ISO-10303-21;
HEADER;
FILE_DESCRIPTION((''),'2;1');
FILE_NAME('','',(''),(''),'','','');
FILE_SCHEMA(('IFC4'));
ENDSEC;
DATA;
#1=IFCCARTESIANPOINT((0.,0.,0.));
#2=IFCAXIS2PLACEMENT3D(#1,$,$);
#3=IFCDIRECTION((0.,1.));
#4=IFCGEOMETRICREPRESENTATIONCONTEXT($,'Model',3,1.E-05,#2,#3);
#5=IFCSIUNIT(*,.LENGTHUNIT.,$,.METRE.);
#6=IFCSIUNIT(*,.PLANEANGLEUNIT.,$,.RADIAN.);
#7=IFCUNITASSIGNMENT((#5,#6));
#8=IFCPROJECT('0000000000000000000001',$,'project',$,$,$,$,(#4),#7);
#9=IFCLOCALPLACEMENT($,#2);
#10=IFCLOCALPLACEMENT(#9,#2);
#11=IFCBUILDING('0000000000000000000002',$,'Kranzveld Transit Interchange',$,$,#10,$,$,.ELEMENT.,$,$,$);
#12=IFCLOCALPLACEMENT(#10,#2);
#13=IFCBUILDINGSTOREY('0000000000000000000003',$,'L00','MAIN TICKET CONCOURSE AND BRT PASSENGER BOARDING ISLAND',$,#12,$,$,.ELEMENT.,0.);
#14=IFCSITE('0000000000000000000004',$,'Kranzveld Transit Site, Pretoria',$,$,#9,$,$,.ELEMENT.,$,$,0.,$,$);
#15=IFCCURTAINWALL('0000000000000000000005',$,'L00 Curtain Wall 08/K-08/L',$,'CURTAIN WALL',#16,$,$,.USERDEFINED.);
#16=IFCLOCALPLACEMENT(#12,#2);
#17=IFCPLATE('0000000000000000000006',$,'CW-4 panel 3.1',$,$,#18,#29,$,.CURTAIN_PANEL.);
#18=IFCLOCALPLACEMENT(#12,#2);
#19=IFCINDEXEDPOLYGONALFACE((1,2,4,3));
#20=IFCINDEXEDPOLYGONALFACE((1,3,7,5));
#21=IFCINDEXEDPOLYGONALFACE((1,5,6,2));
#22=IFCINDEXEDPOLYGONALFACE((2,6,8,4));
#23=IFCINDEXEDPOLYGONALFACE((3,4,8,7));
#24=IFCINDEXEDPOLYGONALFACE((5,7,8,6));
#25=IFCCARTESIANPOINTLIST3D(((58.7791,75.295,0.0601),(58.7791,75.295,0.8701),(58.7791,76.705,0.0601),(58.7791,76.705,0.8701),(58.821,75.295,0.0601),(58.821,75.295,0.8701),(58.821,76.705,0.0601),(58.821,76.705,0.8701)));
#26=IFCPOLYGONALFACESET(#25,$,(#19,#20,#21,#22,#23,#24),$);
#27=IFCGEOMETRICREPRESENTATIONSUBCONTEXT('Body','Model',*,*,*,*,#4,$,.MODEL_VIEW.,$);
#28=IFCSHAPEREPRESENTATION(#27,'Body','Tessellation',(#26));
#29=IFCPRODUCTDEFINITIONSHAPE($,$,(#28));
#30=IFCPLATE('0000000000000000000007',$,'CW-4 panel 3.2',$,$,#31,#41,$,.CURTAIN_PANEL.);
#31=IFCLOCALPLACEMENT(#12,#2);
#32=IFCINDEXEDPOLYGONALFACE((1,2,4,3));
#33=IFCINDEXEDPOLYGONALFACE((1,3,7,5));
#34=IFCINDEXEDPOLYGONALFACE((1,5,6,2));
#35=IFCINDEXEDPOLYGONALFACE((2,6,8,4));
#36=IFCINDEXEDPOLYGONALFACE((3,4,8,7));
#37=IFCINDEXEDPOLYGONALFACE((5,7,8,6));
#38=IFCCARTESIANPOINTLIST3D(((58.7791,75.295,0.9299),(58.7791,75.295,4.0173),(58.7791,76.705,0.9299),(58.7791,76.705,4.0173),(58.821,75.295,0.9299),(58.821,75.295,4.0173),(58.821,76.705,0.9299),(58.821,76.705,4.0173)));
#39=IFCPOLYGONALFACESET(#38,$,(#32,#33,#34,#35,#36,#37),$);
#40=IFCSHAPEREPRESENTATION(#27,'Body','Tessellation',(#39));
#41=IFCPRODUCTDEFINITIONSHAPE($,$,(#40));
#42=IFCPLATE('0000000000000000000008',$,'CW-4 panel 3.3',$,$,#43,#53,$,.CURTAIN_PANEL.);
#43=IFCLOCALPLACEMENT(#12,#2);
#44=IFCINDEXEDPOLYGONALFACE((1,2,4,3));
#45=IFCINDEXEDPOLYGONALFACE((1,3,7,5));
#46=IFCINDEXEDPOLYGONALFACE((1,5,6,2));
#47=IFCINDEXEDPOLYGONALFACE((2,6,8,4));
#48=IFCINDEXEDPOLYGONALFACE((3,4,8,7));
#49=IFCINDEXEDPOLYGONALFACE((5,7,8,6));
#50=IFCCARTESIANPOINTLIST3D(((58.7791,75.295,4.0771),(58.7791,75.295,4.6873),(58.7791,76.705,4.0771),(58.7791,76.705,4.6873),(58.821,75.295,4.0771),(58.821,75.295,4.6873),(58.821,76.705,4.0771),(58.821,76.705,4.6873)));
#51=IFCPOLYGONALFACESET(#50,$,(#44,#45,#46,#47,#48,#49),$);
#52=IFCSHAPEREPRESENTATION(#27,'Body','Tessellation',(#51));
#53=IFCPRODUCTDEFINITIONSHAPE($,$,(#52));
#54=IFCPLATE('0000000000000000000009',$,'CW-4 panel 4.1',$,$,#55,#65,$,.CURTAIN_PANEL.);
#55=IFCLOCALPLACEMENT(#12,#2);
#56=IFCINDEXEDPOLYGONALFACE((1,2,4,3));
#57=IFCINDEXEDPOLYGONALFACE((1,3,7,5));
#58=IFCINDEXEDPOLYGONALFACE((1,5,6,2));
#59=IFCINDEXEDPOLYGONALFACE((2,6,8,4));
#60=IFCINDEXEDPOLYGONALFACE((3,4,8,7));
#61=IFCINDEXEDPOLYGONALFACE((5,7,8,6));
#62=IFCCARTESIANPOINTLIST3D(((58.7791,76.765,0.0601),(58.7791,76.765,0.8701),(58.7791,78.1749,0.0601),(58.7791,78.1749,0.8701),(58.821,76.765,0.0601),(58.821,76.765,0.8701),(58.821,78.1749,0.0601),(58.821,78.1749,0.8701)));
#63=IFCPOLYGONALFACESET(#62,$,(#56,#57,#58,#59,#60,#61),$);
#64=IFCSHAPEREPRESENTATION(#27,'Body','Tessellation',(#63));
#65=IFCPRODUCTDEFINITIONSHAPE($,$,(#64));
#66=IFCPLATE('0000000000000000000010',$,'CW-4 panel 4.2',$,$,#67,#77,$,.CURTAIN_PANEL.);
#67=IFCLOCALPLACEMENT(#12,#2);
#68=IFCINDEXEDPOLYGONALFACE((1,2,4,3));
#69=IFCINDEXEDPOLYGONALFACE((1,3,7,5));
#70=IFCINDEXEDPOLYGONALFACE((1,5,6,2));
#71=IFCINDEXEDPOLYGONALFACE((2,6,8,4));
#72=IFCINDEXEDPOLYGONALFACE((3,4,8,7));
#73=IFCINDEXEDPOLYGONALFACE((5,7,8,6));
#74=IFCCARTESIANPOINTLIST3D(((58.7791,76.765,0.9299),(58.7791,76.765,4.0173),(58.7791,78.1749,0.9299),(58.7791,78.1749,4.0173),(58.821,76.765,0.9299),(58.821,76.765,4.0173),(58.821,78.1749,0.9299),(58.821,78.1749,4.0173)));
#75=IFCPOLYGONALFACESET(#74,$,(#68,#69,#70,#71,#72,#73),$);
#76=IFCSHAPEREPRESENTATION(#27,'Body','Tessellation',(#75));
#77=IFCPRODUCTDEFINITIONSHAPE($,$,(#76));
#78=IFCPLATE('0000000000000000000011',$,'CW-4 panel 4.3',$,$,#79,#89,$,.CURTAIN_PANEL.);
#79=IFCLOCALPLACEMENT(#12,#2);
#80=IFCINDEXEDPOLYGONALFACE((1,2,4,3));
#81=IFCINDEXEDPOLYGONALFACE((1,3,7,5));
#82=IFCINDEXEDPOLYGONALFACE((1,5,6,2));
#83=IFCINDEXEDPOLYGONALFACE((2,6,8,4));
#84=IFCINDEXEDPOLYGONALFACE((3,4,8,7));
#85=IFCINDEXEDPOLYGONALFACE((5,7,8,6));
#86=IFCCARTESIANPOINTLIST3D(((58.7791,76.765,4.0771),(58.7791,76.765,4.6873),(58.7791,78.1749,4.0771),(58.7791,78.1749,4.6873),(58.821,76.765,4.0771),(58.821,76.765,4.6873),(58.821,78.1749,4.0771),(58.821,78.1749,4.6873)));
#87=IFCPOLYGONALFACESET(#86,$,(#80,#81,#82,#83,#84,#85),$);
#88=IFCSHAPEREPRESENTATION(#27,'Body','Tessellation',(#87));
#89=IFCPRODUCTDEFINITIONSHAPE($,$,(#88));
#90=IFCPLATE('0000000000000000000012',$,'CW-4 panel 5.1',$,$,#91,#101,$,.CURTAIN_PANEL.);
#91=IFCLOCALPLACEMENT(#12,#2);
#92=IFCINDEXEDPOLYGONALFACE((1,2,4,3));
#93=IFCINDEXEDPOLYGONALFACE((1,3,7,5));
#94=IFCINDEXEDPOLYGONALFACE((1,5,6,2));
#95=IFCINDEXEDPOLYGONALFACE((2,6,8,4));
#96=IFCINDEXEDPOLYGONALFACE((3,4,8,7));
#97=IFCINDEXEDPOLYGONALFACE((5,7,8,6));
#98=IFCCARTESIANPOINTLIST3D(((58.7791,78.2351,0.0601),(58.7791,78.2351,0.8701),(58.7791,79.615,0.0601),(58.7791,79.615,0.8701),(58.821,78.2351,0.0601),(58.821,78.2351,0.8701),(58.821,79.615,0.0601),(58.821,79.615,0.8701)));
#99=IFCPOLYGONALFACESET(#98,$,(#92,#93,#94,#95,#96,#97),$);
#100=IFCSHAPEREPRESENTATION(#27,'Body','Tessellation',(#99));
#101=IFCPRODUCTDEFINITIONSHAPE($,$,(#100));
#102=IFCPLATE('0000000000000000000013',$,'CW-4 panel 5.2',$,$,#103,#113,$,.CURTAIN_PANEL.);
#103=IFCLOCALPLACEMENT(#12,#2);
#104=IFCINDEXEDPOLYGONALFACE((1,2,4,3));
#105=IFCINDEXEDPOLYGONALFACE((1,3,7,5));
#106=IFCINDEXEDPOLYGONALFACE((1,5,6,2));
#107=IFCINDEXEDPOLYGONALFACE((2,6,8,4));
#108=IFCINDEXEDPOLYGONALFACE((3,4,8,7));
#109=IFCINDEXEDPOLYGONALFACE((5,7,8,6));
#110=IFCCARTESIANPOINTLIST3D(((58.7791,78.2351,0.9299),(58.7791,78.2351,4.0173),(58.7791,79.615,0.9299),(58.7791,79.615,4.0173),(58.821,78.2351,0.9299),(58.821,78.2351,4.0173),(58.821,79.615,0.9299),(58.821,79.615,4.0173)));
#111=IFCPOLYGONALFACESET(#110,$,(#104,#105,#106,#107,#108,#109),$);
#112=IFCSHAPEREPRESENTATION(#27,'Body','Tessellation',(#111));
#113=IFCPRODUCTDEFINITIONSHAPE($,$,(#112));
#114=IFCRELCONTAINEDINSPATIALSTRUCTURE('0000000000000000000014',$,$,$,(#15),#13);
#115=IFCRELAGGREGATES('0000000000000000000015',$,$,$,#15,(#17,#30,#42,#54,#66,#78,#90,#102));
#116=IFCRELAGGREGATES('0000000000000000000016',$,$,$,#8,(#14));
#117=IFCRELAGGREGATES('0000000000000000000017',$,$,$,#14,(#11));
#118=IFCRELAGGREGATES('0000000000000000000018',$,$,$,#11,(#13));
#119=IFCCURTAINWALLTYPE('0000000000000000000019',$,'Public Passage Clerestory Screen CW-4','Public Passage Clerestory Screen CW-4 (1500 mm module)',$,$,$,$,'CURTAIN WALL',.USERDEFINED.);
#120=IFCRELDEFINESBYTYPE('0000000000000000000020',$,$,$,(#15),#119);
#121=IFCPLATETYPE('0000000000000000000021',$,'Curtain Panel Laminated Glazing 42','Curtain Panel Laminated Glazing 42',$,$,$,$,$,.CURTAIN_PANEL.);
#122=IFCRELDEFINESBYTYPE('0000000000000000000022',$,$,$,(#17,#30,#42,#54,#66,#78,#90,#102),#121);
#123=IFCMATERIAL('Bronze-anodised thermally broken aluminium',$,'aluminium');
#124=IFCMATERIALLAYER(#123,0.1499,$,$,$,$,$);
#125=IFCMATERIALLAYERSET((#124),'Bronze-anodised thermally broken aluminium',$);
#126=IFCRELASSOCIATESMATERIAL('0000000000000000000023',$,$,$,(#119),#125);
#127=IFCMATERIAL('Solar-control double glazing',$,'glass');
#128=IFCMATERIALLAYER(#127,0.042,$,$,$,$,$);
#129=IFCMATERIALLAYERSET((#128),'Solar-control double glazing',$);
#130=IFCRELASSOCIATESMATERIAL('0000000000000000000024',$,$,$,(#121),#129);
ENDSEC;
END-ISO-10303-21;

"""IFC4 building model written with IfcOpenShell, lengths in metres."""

from ifc_helpers import new_model, si_unit, direction, frame, origin, origin_2d, place, context, subcontext, project, spatial, rectangle, extrude, material, layer, layer_set, type_object, element, aggregate, save


model = new_model("IFC4")

# Units and contexts
model_context = context("Model", 3, precision=1e-05, world=origin(), true_north=direction((0.0, 1.0)))
body_context = subcontext(model_context, "Body", "Model", "MODEL_VIEW")
ifc_project = project(units=[si_unit("LENGTHUNIT", "METRE"), si_unit("PLANEANGLEUNIT", "RADIAN")], contexts=[model_context])

# Site, building, storey
site_placement = place(None, origin())
site = spatial("IfcSite", under=ifc_project, at=site_placement, Name="Kranzveld Transit Site, Pretoria", CompositionType="ELEMENT", RefElevation=0.0)
building_placement = place(site_placement, origin())
building = spatial("IfcBuilding", under=site, at=building_placement, Name="Kranzveld Transit Interchange", CompositionType="ELEMENT")
storey_placement = place(building_placement, origin())
storey = spatial("IfcBuildingStorey", under=building, at=storey_placement, Name="L00", Description="MAIN TICKET CONCOURSE AND BRT PASSENGER BOARDING ISLAND", CompositionType="ELEMENT", Elevation=0.0)

# Curtain wall, plates
ifc_material_1 = material(Name="Bronze-anodised thermally broken aluminium", Category="aluminium")
ifc_layer_1 = layer(ifc_material_1, 0.1499)
ifc_layer_set_1 = layer_set([ifc_layer_1], Name="Bronze-anodised thermally broken aluminium")
curtain_wall_type = type_object("IfcCurtainWallType", Name="Public Passage Clerestory Screen CW-4", Description="Public Passage Clerestory Screen CW-4 (1500 mm module)", ElementType="CURTAIN WALL", PredefinedType="USERDEFINED", material=ifc_layer_set_1)
curtain_wall_placement = place(storey_placement, origin())
curtain_wall = element("IfcCurtainWall", 1, at=curtain_wall_placement, inside=storey, type_object=curtain_wall_type, Name="L00 Curtain Wall 08/K-08/L", ObjectType="CURTAIN WALL", PredefinedType="USERDEFINED")
ifc_material_2 = material(Name="Solar-control double glazing", Category="glass")
ifc_layer_2 = layer(ifc_material_2, 0.042)
ifc_layer_set_2 = layer_set([ifc_layer_2], Name="Solar-control double glazing")
plate_type = type_object("IfcPlateType", Name="Curtain Panel Laminated Glazing 42", Description="Curtain Panel Laminated Glazing 42", PredefinedType="CURTAIN_PANEL", material=ifc_layer_set_2)
plate_1_placement = place(storey_placement, frame((58.8, 76.0, 0.0601), z_axis=(0.0, 0.0, 1.0), x_axis=(0.0, 1.0, 0.0)))
plate_1 = element("IfcPlate", 2, at=plate_1_placement, type_object=plate_type, Name="CW-4 panel 3.1", PredefinedType="CURTAIN_PANEL", context=body_context, shape_type="SweptSolid", body=[
    extrude(rectangle(XDim=1.4099, YDim=0.042, at=origin_2d()), origin(), (0.0, 0.0, 1.0), 0.8101),
])
plate_2_placement = place(storey_placement, frame((58.8, 76.0, 0.9299), z_axis=(0.0, 0.0, 1.0), x_axis=(0.0, 1.0, 0.0)))
plate_2 = element("IfcPlate", 3, at=plate_2_placement, type_object=plate_type, Name="CW-4 panel 3.2", PredefinedType="CURTAIN_PANEL", context=body_context, shape_type="SweptSolid", body=[
    extrude(rectangle(XDim=1.4099, YDim=0.042, at=origin_2d()), origin(), (0.0, 0.0, 1.0), 3.0874),
])
plate_3_placement = place(storey_placement, frame((58.8, 76.0, 4.0771), z_axis=(0.0, 0.0, 1.0), x_axis=(0.0, 1.0, 0.0)))
plate_3 = element("IfcPlate", 4, at=plate_3_placement, type_object=plate_type, Name="CW-4 panel 3.3", PredefinedType="CURTAIN_PANEL", context=body_context, shape_type="SweptSolid", body=[
    extrude(rectangle(XDim=1.4099, YDim=0.042, at=origin_2d()), origin(), (0.0, 0.0, 1.0), 0.6101),
])
plate_4_placement = place(storey_placement, frame((58.8, 77.47, 0.0601), z_axis=(0.0, 0.0, 1.0), x_axis=(0.0, 1.0, 0.0)))
plate_4 = element("IfcPlate", 5, at=plate_4_placement, type_object=plate_type, Name="CW-4 panel 4.1", PredefinedType="CURTAIN_PANEL", context=body_context, shape_type="SweptSolid", body=[
    extrude(rectangle(XDim=1.4099, YDim=0.042, at=origin_2d()), origin(), (0.0, 0.0, 1.0), 0.8101),
])
plate_5_placement = place(storey_placement, frame((58.8, 77.47, 0.9299), z_axis=(0.0, 0.0, 1.0), x_axis=(0.0, 1.0, 0.0)))
plate_5 = element("IfcPlate", 6, at=plate_5_placement, type_object=plate_type, Name="CW-4 panel 4.2", PredefinedType="CURTAIN_PANEL", context=body_context, shape_type="SweptSolid", body=[
    extrude(rectangle(XDim=1.4099, YDim=0.042, at=origin_2d()), origin(), (0.0, 0.0, 1.0), 3.0874),
])
plate_6_placement = place(storey_placement, frame((58.8, 77.47, 4.0771), z_axis=(0.0, 0.0, 1.0), x_axis=(0.0, 1.0, 0.0)))
plate_6 = element("IfcPlate", 7, at=plate_6_placement, type_object=plate_type, Name="CW-4 panel 4.3", PredefinedType="CURTAIN_PANEL", context=body_context, shape_type="SweptSolid", body=[
    extrude(rectangle(XDim=1.4099, YDim=0.042, at=origin_2d()), origin(), (0.0, 0.0, 1.0), 0.6101),
])
plate_7_placement = place(storey_placement, frame((58.8, 78.925, 0.0601), z_axis=(0.0, 0.0, 1.0), x_axis=(0.0, 1.0, 0.0)))
plate_7 = element("IfcPlate", 8, at=plate_7_placement, type_object=plate_type, Name="CW-4 panel 5.1", PredefinedType="CURTAIN_PANEL", context=body_context, shape_type="SweptSolid", body=[
    extrude(rectangle(XDim=1.3799, YDim=0.042, at=origin_2d()), origin(), (0.0, 0.0, 1.0), 0.8101),
])
plate_8_placement = place(storey_placement, frame((58.8, 78.925, 0.9299), z_axis=(0.0, 0.0, 1.0), x_axis=(0.0, 1.0, 0.0)))
plate_8 = element("IfcPlate", 9, at=plate_8_placement, type_object=plate_type, Name="CW-4 panel 5.2", PredefinedType="CURTAIN_PANEL", context=body_context, shape_type="SweptSolid", body=[
    extrude(rectangle(XDim=1.3799, YDim=0.042, at=origin_2d()), origin(), (0.0, 0.0, 1.0), 3.0874),
])
aggregate(curtain_wall, [plate_1, plate_2, plate_3, plate_4, plate_5, plate_6, plate_7, plate_8])

save(model, "model.ifc")
